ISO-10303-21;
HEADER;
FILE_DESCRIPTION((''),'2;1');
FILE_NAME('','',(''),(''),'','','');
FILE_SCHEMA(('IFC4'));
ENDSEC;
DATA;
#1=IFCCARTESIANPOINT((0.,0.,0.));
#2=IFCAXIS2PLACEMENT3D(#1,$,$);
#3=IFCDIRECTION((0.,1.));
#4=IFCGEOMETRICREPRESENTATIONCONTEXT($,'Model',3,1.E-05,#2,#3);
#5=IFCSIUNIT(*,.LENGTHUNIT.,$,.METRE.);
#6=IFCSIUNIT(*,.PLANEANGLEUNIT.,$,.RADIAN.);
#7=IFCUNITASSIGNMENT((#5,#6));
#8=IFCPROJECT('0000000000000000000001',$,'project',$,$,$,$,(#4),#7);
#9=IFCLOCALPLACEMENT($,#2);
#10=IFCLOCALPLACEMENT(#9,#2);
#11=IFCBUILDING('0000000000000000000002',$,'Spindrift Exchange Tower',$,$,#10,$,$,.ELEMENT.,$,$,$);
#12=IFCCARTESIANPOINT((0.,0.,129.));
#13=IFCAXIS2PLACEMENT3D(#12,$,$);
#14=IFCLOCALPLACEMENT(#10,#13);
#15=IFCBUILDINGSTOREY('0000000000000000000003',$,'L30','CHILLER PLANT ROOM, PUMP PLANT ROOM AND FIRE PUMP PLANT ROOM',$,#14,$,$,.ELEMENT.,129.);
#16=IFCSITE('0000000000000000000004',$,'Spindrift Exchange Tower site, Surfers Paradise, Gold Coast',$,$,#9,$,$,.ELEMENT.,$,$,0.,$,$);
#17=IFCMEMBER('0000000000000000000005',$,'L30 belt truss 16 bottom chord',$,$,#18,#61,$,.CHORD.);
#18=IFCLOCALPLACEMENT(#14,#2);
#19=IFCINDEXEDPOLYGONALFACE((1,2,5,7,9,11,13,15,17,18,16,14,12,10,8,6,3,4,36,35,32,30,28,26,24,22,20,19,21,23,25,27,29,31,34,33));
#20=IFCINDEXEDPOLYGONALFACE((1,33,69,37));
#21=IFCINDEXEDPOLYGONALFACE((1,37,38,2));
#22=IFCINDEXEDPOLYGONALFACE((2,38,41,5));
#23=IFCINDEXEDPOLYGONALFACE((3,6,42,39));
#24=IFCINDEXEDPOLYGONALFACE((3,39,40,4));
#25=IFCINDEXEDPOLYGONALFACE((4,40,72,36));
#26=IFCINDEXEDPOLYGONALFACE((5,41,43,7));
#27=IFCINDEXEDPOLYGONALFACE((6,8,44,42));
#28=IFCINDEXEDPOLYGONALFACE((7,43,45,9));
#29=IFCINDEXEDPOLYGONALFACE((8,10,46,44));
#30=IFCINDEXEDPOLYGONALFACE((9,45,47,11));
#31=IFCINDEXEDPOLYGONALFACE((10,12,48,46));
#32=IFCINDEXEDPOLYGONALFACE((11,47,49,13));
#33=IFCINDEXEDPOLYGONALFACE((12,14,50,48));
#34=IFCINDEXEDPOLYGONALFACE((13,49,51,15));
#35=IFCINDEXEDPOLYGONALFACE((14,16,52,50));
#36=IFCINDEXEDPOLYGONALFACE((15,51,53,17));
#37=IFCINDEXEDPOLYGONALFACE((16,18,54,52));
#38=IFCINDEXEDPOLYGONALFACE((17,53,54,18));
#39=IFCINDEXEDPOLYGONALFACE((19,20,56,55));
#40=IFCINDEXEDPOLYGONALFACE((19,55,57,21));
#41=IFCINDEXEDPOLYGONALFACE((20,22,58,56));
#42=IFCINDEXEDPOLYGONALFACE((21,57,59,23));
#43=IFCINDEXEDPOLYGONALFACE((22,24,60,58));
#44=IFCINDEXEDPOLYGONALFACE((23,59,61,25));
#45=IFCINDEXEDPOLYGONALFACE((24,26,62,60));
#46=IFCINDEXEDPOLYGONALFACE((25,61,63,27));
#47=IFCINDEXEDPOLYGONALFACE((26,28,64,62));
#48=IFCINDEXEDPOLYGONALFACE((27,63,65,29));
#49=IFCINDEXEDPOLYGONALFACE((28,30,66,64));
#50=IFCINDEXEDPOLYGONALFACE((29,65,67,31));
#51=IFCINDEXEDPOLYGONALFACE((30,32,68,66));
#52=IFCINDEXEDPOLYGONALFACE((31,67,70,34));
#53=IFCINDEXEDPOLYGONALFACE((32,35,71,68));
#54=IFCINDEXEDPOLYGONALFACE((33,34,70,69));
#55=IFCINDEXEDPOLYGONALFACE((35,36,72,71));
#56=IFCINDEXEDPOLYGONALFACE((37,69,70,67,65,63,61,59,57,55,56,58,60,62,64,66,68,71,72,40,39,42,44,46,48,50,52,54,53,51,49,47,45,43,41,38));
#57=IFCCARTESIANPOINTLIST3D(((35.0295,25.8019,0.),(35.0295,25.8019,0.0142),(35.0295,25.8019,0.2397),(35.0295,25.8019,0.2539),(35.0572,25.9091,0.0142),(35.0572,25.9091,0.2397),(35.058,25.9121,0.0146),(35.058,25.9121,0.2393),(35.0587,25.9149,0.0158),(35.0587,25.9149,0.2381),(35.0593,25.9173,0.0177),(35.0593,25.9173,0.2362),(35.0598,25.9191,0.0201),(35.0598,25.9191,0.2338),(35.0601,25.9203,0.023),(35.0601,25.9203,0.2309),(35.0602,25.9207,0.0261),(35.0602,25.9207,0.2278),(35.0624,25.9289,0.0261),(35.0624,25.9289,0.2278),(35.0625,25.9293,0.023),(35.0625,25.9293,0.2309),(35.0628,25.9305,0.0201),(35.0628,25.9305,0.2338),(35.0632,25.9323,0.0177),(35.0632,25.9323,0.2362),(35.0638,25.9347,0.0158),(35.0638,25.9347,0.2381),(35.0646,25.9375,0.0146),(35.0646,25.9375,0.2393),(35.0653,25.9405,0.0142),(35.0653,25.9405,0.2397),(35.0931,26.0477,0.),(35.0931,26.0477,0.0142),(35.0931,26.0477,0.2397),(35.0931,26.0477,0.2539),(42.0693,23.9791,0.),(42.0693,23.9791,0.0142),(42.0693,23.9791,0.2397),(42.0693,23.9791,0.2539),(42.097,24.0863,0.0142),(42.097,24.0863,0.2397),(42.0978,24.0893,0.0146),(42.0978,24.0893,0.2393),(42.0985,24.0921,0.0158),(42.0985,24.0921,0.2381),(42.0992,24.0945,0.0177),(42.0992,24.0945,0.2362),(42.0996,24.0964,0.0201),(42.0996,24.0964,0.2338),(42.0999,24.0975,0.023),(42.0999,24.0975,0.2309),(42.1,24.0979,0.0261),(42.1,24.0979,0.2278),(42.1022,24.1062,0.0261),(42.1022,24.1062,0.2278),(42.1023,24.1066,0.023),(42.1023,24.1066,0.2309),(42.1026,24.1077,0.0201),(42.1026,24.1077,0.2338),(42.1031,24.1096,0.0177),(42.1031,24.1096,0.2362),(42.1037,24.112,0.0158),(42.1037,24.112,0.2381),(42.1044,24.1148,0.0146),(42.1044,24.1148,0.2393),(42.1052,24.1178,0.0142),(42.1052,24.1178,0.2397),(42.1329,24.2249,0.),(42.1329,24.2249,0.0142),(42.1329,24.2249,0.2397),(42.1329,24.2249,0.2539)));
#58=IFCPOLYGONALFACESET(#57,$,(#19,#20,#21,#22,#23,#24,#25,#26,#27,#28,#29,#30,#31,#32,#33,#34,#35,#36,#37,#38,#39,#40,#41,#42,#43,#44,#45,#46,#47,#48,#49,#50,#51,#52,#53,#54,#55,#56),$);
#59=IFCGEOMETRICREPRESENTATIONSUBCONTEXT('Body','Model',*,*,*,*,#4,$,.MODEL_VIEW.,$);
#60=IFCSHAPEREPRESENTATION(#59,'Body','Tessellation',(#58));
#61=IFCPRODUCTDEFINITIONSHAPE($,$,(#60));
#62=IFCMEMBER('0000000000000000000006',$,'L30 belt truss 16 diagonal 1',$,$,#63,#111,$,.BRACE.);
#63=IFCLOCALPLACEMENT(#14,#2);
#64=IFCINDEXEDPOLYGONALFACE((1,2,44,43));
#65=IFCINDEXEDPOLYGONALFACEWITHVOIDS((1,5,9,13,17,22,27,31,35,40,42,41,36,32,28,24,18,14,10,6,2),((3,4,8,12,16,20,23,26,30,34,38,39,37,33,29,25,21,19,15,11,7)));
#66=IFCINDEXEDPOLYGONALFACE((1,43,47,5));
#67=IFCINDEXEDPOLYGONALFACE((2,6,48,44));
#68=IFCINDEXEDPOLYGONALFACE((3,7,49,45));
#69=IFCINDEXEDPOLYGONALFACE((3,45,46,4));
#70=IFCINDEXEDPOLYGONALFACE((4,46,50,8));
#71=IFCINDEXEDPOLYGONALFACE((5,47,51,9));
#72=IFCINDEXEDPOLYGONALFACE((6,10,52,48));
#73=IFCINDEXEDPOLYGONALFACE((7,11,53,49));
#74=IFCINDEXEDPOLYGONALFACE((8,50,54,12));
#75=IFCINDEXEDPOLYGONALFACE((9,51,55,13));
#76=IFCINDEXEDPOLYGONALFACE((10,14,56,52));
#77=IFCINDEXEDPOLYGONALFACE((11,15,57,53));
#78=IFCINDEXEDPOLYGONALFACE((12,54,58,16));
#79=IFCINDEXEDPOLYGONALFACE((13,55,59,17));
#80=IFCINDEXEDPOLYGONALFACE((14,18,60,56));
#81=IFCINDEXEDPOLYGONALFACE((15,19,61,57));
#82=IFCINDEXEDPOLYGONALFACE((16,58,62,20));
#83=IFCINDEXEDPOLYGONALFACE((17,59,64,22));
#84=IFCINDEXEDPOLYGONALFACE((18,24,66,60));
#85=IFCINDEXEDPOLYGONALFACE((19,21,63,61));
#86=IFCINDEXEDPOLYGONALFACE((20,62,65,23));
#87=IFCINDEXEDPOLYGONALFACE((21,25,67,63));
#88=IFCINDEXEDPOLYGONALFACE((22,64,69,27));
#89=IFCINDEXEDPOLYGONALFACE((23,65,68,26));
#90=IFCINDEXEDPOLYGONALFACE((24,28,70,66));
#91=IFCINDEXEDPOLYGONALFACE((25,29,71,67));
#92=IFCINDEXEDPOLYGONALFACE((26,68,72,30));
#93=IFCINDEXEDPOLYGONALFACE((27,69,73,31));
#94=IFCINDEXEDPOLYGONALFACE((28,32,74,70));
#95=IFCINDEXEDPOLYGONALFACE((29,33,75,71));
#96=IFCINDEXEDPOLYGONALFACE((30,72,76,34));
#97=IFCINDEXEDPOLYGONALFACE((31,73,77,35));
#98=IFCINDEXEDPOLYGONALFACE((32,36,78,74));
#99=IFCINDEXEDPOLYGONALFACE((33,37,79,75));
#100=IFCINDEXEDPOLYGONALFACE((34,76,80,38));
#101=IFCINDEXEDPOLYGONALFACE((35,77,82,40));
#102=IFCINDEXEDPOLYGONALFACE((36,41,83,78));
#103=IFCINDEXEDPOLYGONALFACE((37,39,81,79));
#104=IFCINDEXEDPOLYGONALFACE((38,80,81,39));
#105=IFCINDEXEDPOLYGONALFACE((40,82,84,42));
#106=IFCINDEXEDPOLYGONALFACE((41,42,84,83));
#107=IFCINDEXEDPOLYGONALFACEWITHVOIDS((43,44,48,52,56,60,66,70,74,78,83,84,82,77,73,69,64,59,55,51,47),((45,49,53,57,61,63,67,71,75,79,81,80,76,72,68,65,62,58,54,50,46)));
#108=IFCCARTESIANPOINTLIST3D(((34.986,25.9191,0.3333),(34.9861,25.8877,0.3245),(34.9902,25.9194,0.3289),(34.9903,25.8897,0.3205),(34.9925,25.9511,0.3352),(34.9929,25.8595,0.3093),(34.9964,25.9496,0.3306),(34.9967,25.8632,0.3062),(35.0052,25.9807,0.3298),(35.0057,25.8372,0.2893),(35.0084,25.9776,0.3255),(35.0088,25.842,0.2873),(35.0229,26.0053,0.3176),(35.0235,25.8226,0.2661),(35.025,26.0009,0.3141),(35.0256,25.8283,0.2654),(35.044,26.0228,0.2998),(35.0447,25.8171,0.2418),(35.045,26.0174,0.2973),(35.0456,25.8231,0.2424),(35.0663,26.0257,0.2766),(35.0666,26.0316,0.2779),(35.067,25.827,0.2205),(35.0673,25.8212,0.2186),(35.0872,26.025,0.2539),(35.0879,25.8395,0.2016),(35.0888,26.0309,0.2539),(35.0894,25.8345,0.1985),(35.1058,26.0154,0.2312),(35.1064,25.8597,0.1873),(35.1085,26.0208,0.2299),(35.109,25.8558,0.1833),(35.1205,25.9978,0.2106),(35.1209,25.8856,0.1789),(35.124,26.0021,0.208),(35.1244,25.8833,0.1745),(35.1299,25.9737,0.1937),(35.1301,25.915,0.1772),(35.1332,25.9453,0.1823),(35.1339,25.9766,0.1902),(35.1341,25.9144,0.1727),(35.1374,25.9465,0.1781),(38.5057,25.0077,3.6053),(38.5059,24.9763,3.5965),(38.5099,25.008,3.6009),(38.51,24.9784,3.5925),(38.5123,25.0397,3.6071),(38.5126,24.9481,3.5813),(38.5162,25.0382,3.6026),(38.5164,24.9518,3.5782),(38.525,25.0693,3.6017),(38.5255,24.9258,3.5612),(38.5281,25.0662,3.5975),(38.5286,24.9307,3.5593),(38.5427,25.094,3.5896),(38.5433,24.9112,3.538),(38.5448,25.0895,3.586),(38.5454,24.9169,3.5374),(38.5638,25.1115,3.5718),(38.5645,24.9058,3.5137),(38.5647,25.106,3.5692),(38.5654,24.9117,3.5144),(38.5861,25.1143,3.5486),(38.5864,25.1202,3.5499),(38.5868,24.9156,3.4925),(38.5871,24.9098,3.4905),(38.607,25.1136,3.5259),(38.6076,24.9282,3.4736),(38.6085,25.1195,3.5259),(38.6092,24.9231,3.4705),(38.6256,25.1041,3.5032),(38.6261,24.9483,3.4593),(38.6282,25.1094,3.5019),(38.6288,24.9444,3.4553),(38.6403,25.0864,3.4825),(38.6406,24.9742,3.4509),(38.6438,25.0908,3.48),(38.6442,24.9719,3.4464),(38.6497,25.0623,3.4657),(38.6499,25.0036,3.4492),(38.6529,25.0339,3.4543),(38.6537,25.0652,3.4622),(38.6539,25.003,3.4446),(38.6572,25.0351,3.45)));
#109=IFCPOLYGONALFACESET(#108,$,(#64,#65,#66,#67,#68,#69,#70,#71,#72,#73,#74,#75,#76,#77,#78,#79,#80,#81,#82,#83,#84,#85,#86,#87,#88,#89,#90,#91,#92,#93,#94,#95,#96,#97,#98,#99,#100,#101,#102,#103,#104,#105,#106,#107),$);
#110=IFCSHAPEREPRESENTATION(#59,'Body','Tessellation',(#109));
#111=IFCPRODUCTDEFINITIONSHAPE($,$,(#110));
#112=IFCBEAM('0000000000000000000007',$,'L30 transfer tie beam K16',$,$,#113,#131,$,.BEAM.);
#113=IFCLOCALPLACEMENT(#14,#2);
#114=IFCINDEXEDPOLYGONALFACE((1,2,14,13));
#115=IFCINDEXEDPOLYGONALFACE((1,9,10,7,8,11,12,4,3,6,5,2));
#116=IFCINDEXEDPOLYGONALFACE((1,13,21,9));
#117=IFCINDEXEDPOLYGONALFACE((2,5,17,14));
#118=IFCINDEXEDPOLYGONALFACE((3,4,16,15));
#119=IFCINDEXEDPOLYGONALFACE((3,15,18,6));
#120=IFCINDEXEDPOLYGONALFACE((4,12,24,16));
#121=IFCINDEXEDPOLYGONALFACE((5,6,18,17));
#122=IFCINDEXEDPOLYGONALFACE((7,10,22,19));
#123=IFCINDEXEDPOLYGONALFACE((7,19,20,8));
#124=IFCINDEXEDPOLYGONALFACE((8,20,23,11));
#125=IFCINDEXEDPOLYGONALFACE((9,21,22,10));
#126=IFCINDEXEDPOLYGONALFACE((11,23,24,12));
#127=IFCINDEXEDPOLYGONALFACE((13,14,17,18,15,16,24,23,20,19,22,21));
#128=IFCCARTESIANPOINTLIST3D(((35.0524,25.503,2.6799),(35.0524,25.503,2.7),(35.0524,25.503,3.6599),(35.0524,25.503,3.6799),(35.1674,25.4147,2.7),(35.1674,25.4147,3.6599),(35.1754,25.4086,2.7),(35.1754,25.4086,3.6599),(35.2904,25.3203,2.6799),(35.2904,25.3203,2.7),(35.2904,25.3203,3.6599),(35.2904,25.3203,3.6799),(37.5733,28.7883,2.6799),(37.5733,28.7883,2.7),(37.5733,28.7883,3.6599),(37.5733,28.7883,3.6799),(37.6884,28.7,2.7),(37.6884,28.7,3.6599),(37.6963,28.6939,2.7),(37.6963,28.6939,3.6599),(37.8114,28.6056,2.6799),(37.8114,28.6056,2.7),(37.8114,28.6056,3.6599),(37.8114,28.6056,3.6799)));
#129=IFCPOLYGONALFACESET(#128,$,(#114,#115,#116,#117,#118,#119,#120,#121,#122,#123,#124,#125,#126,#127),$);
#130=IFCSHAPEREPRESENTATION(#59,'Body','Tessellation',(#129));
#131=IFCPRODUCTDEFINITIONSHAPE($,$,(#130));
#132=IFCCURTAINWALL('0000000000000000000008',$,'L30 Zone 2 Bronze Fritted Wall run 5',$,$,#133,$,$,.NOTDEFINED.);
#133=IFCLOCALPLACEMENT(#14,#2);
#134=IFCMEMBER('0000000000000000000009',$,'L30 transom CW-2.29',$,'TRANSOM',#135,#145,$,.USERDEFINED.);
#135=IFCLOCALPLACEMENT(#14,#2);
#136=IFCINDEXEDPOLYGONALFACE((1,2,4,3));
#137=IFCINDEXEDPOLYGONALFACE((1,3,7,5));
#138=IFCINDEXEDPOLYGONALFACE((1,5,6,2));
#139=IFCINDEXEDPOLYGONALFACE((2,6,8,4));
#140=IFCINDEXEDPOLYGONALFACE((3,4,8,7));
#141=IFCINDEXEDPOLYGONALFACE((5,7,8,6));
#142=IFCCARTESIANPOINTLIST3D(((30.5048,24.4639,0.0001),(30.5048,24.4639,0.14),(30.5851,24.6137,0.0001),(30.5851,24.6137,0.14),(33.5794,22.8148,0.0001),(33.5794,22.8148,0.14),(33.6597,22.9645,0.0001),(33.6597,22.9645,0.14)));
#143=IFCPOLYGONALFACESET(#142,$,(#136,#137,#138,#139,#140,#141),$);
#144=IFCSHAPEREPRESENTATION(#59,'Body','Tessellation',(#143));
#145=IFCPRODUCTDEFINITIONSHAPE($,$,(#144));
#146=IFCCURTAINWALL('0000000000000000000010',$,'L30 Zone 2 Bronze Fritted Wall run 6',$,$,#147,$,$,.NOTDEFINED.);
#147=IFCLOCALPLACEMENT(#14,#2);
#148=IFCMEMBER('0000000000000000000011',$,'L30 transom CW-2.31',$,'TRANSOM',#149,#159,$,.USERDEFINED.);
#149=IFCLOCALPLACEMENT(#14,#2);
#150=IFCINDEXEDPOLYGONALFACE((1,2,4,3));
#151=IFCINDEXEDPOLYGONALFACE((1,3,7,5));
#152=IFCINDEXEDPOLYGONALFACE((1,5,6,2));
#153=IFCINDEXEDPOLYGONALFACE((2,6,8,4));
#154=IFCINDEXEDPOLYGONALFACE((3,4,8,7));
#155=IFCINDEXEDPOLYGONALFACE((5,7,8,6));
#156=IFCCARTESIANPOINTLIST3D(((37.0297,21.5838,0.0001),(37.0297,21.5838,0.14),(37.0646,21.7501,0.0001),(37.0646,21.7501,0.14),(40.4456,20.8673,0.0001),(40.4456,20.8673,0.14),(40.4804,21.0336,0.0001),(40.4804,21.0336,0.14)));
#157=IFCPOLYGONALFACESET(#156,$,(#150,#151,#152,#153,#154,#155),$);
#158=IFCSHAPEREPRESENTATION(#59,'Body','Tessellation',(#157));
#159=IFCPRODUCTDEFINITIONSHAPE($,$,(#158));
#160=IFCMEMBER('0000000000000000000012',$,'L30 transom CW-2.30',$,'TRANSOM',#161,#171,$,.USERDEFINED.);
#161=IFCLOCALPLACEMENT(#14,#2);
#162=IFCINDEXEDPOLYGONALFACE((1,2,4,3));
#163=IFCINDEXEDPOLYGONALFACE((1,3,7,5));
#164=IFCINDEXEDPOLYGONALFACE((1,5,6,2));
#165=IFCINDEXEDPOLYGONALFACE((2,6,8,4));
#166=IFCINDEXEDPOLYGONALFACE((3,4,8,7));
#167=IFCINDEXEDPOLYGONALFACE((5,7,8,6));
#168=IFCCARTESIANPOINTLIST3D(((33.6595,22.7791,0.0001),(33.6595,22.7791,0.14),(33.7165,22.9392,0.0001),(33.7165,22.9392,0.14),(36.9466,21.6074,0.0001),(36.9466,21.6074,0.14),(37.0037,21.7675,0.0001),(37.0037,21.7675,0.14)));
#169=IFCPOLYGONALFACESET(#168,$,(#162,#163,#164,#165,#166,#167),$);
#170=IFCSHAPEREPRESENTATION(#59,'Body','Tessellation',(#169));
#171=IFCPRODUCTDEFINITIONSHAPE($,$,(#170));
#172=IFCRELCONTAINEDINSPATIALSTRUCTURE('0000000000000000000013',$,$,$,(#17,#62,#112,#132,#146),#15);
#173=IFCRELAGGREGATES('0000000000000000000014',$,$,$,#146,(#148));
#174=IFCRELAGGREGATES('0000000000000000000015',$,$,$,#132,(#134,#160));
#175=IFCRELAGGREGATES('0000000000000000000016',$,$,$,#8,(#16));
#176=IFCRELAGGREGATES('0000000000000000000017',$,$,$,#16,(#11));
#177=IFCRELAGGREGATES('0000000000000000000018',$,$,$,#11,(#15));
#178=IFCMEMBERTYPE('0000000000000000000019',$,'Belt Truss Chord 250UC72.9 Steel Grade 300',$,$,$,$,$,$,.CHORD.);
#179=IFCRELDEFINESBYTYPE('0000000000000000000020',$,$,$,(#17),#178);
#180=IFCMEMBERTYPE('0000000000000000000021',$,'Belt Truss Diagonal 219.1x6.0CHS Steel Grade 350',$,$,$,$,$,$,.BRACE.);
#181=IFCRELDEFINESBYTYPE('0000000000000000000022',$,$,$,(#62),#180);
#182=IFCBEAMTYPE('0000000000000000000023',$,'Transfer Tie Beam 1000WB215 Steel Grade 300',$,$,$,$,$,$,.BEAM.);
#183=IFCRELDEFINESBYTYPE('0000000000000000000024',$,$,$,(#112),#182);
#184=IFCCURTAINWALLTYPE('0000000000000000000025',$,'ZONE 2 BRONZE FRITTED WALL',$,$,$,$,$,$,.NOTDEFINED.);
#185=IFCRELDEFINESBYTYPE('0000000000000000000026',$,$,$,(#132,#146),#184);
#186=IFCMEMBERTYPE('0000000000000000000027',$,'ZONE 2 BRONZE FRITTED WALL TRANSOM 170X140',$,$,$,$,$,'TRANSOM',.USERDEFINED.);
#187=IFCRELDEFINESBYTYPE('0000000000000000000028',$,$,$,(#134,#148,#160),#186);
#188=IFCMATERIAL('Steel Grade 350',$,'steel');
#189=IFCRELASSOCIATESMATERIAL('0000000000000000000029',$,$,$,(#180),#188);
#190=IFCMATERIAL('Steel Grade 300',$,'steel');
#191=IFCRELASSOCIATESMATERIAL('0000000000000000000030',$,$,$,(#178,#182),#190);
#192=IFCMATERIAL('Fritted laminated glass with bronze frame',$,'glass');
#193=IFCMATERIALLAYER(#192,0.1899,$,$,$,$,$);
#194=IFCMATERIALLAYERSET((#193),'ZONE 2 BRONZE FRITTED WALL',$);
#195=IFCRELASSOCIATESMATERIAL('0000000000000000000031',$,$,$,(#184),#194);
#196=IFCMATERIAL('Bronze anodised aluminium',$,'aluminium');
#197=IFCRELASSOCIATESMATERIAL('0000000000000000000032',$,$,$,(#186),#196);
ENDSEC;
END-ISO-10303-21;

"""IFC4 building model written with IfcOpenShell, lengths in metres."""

from ifc_helpers import new_model, si_unit, direction, frame, origin, origin_2d, place, context, subcontext, project, spatial, rectangle, hollow_circle, i_section, extrude, source, transform, mapped, material, layer, layer_set, material_profile, profile_set, type_object, element, aggregate, save


model = new_model("IFC4")

# Units and contexts
model_context = context("Model", 3, precision=1e-05, world=origin(), true_north=direction((0.0, 1.0)))
body_context = subcontext(model_context, "Body", "Model", "MODEL_VIEW")
ifc_project = project(units=[si_unit("LENGTHUNIT", "METRE"), si_unit("PLANEANGLEUNIT", "RADIAN")], contexts=[model_context])

# Site, building, storey
site_placement = place(None, origin())
site = spatial("IfcSite", under=ifc_project, at=site_placement, Name="Spindrift Exchange Tower site, Surfers Paradise, Gold Coast", CompositionType="ELEMENT", RefElevation=0.0)
building_placement = place(site_placement, origin())
building = spatial("IfcBuilding", under=site, at=building_placement, Name="Spindrift Exchange Tower", CompositionType="ELEMENT")
storey_placement = place(building_placement, frame((0.0, 0.0, 129.0)))
storey = spatial("IfcBuildingStorey", under=building, at=storey_placement, Name="L30", Description="CHILLER PLANT ROOM, PUMP PLANT ROOM AND FIRE PUMP PLANT ROOM", CompositionType="ELEMENT", Elevation=129.0)

# Shared definitions
ifc_material_1 = material(Name="Steel Grade 300", Category="steel")

# Members
ifc_material_2 = material(Name="Steel Grade 350", Category="steel")
ifc_material_profile_1 = material_profile(ifc_material_2, hollow_circle(Radius=0.1096, WallThickness=0.0061, at=origin_2d()), Name="219.1x6.0CHS")
ifc_profile_set_1 = profile_set([ifc_material_profile_1], Name="Steel Grade 350")
member_type_1 = type_object("IfcMemberType", Name="Belt Truss Diagonal 219.1x6.0CHS Steel Grade 350", PredefinedType="BRACE", material=ifc_profile_set_1)
ifc_material_profile_2 = material_profile(ifc_material_1, i_section(OverallWidth=0.2539, OverallDepth=0.2539, WebThickness=0.0085, FlangeThickness=0.0142, FilletRadius=0.012, at=origin_2d()), Name="250UC72.9")
ifc_profile_set_2 = profile_set([ifc_material_profile_2], Name="Steel Grade 300")
member_type_2 = type_object("IfcMemberType", Name="Belt Truss Chord 250UC72.9 Steel Grade 300", PredefinedType="CHORD", material=ifc_profile_set_2)
shared_shape_1 = source(origin(), body_context, "Body", "SweptSolid", [
    extrude(i_section(OverallWidth=0.2539, OverallDepth=0.2539, WebThickness=0.0085, FlangeThickness=0.0142, FilletRadius=0.012, at=origin_2d()), origin(), (0.0, 0.0, 1.0), 7.272),
])
for number, where, z_axis, x_axis, name in (
    (1, (35.0613, 25.9248, 0.127), (0.968076, -0.250656, 0.0), (0.250656, 0.968076, 0.0), "L30 belt truss 16 bottom chord"),
):
    element("IfcMember", number, at=place(storey_placement, frame(where, z_axis=z_axis, x_axis=x_axis)), inside=storey, type_object=member_type_2, Name=name, PredefinedType="CHORD", context=body_context, shape_type="MappedRepresentation", body=[
        mapped(shared_shape_1, transform((0.0, 0.0, 0.0), scale=1.0)),
    ])
shared_shape_2 = source(origin(), body_context, "Body", "SweptSolid", [
    extrude(hollow_circle(Radius=0.1096, WallThickness=0.0061, at=origin_2d()), origin(), (0.0, 0.0, 1.0), 4.8914),
])
member_1_placement = place(storey_placement, frame((35.0613, 25.9248, 0.2539), z_axis=(0.719593, -0.186325, 0.668931), x_axis=(0.250664, 0.968074, 0.0)))
element("IfcMember", 2, at=member_1_placement, inside=storey, type_object=member_type_1, Name="L30 belt truss 16 diagonal 1", PredefinedType="BRACE", context=body_context, shape_type="MappedRepresentation", body=[
    mapped(shared_shape_2, transform((0.0, 0.0, 0.0), scale=1.0)),
])

# Beam
ifc_material_profile_3 = material_profile(ifc_material_1, i_section(OverallWidth=0.3, OverallDepth=1.0, WebThickness=0.01, FlangeThickness=0.02, at=origin_2d()), Name="1000WB215")
ifc_profile_set_3 = profile_set([ifc_material_profile_3], Name="Steel Grade 300")
beam_type_1 = type_object("IfcBeamType", Name="Transfer Tie Beam 1000WB215 Steel Grade 300", PredefinedType="BEAM", material=ifc_profile_set_3)
shared_shape_3 = source(origin(), body_context, "Body", "SweptSolid", [
    extrude(i_section(OverallWidth=0.3, OverallDepth=1.0, WebThickness=0.01, FlangeThickness=0.02, at=origin_2d()), origin(), (0.0, 0.0, 1.0), 4.1411),
])
beam_1_placement = place(storey_placement, frame((35.1714, 25.4116, 3.1799), z_axis=(0.608764, 0.793351, 0.0), x_axis=(-0.793351, 0.608764, 0.0)))
element("IfcBeam", 3, at=beam_1_placement, inside=storey, type_object=beam_type_1, Name="L30 transfer tie beam K16", PredefinedType="BEAM", context=body_context, shape_type="MappedRepresentation", body=[
    mapped(shared_shape_3, transform((0.0, 0.0, 0.0), scale=1.0)),
])

# Curtain walls, members
ifc_material_3 = material(Name="Fritted laminated glass with bronze frame", Category="glass")
ifc_layer_1 = layer(ifc_material_3, 0.1899)
ifc_layer_set_1 = layer_set([ifc_layer_1], Name="ZONE 2 BRONZE FRITTED WALL")
curtain_wall_type = type_object("IfcCurtainWallType", Name="ZONE 2 BRONZE FRITTED WALL", PredefinedType="NOTDEFINED", material=ifc_layer_set_1)
curtain_wall_1_placement = place(storey_placement, origin())
curtain_wall_1 = element("IfcCurtainWall", 4, at=curtain_wall_1_placement, inside=storey, type_object=curtain_wall_type, Name="L30 Zone 2 Bronze Fritted Wall run 5", PredefinedType="NOTDEFINED")
ifc_material_4 = material(Name="Bronze anodised aluminium", Category="aluminium")
ifc_material_profile_4 = material_profile(ifc_material_4, rectangle(XDim=0.1699, YDim=0.1399, at=origin_2d()), Name="ZONE 2 BRONZE FRITTED WALL TRANSOM 170X140")
ifc_profile_set_4 = profile_set([ifc_material_profile_4], Name="Bronze anodised aluminium")
member_type_3 = type_object("IfcMemberType", Name="ZONE 2 BRONZE FRITTED WALL TRANSOM 170X140", ElementType="TRANSOM", PredefinedType="USERDEFINED", material=ifc_profile_set_4)
shared_shape_4 = source(origin(), body_context, "Body", "SweptSolid", [
    extrude(rectangle(XDim=0.1699, YDim=0.1399, at=origin_2d()), origin(), (0.0, 0.0, 1.0), 3.489),
])
member_2_placement = place(storey_placement, frame((30.5449, 24.5388, 0.0701), z_axis=(0.881241, -0.472668, 0.0), x_axis=(0.472668, 0.881241, 0.0)))
member_2 = element("IfcMember", 5, at=member_2_placement, type_object=member_type_3, Name="L30 transom CW-2.29", ObjectType="TRANSOM", PredefinedType="USERDEFINED", context=body_context, shape_type="MappedRepresentation", body=[
    mapped(shared_shape_4, transform((0.0, 0.0, 0.0), scale=1.0)),
])
curtain_wall_2_placement = place(storey_placement, origin())
curtain_wall_2 = element("IfcCurtainWall", 6, at=curtain_wall_2_placement, inside=storey, type_object=curtain_wall_type, Name="L30 Zone 2 Bronze Fritted Wall run 6", PredefinedType="NOTDEFINED")
shared_shape_5 = source(origin(), body_context, "Body", "SweptSolid", [
    extrude(rectangle(XDim=0.1699, YDim=0.1399, at=origin_2d()), origin(), (0.0, 0.0, 1.0), 3.4902),
])
member_3_placement = place(storey_placement, frame((37.0471, 21.667, 0.0701), z_axis=(0.978697, -0.205309, 0.0), x_axis=(0.205309, 0.978697, 0.0)))
member_3 = element("IfcMember", 7, at=member_3_placement, type_object=member_type_3, Name="L30 transom CW-2.31", ObjectType="TRANSOM", PredefinedType="USERDEFINED", context=body_context, shape_type="MappedRepresentation", body=[
    mapped(shared_shape_5, transform((0.0, 0.0, 0.0), scale=1.0)),
])

# Member
shared_shape_6 = source(origin(), body_context, "Body", "SweptSolid", [
    extrude(rectangle(XDim=0.1699, YDim=0.1399, at=origin_2d()), origin(), (0.0, 0.0, 1.0), 3.4897),
])
member_4_placement = place(storey_placement, frame((33.688, 22.8591, 0.0701), z_axis=(0.941954, -0.335742, 0.0), x_axis=(0.335742, 0.941954, 0.0)))
member_4 = element("IfcMember", 8, at=member_4_placement, type_object=member_type_3, Name="L30 transom CW-2.30", ObjectType="TRANSOM", PredefinedType="USERDEFINED", context=body_context, shape_type="MappedRepresentation", body=[
    mapped(shared_shape_6, transform((0.0, 0.0, 0.0), scale=1.0)),
])
aggregate(curtain_wall_2, [member_3])

aggregate(curtain_wall_1, [member_2, member_4])

save(model, "model.ifc")
